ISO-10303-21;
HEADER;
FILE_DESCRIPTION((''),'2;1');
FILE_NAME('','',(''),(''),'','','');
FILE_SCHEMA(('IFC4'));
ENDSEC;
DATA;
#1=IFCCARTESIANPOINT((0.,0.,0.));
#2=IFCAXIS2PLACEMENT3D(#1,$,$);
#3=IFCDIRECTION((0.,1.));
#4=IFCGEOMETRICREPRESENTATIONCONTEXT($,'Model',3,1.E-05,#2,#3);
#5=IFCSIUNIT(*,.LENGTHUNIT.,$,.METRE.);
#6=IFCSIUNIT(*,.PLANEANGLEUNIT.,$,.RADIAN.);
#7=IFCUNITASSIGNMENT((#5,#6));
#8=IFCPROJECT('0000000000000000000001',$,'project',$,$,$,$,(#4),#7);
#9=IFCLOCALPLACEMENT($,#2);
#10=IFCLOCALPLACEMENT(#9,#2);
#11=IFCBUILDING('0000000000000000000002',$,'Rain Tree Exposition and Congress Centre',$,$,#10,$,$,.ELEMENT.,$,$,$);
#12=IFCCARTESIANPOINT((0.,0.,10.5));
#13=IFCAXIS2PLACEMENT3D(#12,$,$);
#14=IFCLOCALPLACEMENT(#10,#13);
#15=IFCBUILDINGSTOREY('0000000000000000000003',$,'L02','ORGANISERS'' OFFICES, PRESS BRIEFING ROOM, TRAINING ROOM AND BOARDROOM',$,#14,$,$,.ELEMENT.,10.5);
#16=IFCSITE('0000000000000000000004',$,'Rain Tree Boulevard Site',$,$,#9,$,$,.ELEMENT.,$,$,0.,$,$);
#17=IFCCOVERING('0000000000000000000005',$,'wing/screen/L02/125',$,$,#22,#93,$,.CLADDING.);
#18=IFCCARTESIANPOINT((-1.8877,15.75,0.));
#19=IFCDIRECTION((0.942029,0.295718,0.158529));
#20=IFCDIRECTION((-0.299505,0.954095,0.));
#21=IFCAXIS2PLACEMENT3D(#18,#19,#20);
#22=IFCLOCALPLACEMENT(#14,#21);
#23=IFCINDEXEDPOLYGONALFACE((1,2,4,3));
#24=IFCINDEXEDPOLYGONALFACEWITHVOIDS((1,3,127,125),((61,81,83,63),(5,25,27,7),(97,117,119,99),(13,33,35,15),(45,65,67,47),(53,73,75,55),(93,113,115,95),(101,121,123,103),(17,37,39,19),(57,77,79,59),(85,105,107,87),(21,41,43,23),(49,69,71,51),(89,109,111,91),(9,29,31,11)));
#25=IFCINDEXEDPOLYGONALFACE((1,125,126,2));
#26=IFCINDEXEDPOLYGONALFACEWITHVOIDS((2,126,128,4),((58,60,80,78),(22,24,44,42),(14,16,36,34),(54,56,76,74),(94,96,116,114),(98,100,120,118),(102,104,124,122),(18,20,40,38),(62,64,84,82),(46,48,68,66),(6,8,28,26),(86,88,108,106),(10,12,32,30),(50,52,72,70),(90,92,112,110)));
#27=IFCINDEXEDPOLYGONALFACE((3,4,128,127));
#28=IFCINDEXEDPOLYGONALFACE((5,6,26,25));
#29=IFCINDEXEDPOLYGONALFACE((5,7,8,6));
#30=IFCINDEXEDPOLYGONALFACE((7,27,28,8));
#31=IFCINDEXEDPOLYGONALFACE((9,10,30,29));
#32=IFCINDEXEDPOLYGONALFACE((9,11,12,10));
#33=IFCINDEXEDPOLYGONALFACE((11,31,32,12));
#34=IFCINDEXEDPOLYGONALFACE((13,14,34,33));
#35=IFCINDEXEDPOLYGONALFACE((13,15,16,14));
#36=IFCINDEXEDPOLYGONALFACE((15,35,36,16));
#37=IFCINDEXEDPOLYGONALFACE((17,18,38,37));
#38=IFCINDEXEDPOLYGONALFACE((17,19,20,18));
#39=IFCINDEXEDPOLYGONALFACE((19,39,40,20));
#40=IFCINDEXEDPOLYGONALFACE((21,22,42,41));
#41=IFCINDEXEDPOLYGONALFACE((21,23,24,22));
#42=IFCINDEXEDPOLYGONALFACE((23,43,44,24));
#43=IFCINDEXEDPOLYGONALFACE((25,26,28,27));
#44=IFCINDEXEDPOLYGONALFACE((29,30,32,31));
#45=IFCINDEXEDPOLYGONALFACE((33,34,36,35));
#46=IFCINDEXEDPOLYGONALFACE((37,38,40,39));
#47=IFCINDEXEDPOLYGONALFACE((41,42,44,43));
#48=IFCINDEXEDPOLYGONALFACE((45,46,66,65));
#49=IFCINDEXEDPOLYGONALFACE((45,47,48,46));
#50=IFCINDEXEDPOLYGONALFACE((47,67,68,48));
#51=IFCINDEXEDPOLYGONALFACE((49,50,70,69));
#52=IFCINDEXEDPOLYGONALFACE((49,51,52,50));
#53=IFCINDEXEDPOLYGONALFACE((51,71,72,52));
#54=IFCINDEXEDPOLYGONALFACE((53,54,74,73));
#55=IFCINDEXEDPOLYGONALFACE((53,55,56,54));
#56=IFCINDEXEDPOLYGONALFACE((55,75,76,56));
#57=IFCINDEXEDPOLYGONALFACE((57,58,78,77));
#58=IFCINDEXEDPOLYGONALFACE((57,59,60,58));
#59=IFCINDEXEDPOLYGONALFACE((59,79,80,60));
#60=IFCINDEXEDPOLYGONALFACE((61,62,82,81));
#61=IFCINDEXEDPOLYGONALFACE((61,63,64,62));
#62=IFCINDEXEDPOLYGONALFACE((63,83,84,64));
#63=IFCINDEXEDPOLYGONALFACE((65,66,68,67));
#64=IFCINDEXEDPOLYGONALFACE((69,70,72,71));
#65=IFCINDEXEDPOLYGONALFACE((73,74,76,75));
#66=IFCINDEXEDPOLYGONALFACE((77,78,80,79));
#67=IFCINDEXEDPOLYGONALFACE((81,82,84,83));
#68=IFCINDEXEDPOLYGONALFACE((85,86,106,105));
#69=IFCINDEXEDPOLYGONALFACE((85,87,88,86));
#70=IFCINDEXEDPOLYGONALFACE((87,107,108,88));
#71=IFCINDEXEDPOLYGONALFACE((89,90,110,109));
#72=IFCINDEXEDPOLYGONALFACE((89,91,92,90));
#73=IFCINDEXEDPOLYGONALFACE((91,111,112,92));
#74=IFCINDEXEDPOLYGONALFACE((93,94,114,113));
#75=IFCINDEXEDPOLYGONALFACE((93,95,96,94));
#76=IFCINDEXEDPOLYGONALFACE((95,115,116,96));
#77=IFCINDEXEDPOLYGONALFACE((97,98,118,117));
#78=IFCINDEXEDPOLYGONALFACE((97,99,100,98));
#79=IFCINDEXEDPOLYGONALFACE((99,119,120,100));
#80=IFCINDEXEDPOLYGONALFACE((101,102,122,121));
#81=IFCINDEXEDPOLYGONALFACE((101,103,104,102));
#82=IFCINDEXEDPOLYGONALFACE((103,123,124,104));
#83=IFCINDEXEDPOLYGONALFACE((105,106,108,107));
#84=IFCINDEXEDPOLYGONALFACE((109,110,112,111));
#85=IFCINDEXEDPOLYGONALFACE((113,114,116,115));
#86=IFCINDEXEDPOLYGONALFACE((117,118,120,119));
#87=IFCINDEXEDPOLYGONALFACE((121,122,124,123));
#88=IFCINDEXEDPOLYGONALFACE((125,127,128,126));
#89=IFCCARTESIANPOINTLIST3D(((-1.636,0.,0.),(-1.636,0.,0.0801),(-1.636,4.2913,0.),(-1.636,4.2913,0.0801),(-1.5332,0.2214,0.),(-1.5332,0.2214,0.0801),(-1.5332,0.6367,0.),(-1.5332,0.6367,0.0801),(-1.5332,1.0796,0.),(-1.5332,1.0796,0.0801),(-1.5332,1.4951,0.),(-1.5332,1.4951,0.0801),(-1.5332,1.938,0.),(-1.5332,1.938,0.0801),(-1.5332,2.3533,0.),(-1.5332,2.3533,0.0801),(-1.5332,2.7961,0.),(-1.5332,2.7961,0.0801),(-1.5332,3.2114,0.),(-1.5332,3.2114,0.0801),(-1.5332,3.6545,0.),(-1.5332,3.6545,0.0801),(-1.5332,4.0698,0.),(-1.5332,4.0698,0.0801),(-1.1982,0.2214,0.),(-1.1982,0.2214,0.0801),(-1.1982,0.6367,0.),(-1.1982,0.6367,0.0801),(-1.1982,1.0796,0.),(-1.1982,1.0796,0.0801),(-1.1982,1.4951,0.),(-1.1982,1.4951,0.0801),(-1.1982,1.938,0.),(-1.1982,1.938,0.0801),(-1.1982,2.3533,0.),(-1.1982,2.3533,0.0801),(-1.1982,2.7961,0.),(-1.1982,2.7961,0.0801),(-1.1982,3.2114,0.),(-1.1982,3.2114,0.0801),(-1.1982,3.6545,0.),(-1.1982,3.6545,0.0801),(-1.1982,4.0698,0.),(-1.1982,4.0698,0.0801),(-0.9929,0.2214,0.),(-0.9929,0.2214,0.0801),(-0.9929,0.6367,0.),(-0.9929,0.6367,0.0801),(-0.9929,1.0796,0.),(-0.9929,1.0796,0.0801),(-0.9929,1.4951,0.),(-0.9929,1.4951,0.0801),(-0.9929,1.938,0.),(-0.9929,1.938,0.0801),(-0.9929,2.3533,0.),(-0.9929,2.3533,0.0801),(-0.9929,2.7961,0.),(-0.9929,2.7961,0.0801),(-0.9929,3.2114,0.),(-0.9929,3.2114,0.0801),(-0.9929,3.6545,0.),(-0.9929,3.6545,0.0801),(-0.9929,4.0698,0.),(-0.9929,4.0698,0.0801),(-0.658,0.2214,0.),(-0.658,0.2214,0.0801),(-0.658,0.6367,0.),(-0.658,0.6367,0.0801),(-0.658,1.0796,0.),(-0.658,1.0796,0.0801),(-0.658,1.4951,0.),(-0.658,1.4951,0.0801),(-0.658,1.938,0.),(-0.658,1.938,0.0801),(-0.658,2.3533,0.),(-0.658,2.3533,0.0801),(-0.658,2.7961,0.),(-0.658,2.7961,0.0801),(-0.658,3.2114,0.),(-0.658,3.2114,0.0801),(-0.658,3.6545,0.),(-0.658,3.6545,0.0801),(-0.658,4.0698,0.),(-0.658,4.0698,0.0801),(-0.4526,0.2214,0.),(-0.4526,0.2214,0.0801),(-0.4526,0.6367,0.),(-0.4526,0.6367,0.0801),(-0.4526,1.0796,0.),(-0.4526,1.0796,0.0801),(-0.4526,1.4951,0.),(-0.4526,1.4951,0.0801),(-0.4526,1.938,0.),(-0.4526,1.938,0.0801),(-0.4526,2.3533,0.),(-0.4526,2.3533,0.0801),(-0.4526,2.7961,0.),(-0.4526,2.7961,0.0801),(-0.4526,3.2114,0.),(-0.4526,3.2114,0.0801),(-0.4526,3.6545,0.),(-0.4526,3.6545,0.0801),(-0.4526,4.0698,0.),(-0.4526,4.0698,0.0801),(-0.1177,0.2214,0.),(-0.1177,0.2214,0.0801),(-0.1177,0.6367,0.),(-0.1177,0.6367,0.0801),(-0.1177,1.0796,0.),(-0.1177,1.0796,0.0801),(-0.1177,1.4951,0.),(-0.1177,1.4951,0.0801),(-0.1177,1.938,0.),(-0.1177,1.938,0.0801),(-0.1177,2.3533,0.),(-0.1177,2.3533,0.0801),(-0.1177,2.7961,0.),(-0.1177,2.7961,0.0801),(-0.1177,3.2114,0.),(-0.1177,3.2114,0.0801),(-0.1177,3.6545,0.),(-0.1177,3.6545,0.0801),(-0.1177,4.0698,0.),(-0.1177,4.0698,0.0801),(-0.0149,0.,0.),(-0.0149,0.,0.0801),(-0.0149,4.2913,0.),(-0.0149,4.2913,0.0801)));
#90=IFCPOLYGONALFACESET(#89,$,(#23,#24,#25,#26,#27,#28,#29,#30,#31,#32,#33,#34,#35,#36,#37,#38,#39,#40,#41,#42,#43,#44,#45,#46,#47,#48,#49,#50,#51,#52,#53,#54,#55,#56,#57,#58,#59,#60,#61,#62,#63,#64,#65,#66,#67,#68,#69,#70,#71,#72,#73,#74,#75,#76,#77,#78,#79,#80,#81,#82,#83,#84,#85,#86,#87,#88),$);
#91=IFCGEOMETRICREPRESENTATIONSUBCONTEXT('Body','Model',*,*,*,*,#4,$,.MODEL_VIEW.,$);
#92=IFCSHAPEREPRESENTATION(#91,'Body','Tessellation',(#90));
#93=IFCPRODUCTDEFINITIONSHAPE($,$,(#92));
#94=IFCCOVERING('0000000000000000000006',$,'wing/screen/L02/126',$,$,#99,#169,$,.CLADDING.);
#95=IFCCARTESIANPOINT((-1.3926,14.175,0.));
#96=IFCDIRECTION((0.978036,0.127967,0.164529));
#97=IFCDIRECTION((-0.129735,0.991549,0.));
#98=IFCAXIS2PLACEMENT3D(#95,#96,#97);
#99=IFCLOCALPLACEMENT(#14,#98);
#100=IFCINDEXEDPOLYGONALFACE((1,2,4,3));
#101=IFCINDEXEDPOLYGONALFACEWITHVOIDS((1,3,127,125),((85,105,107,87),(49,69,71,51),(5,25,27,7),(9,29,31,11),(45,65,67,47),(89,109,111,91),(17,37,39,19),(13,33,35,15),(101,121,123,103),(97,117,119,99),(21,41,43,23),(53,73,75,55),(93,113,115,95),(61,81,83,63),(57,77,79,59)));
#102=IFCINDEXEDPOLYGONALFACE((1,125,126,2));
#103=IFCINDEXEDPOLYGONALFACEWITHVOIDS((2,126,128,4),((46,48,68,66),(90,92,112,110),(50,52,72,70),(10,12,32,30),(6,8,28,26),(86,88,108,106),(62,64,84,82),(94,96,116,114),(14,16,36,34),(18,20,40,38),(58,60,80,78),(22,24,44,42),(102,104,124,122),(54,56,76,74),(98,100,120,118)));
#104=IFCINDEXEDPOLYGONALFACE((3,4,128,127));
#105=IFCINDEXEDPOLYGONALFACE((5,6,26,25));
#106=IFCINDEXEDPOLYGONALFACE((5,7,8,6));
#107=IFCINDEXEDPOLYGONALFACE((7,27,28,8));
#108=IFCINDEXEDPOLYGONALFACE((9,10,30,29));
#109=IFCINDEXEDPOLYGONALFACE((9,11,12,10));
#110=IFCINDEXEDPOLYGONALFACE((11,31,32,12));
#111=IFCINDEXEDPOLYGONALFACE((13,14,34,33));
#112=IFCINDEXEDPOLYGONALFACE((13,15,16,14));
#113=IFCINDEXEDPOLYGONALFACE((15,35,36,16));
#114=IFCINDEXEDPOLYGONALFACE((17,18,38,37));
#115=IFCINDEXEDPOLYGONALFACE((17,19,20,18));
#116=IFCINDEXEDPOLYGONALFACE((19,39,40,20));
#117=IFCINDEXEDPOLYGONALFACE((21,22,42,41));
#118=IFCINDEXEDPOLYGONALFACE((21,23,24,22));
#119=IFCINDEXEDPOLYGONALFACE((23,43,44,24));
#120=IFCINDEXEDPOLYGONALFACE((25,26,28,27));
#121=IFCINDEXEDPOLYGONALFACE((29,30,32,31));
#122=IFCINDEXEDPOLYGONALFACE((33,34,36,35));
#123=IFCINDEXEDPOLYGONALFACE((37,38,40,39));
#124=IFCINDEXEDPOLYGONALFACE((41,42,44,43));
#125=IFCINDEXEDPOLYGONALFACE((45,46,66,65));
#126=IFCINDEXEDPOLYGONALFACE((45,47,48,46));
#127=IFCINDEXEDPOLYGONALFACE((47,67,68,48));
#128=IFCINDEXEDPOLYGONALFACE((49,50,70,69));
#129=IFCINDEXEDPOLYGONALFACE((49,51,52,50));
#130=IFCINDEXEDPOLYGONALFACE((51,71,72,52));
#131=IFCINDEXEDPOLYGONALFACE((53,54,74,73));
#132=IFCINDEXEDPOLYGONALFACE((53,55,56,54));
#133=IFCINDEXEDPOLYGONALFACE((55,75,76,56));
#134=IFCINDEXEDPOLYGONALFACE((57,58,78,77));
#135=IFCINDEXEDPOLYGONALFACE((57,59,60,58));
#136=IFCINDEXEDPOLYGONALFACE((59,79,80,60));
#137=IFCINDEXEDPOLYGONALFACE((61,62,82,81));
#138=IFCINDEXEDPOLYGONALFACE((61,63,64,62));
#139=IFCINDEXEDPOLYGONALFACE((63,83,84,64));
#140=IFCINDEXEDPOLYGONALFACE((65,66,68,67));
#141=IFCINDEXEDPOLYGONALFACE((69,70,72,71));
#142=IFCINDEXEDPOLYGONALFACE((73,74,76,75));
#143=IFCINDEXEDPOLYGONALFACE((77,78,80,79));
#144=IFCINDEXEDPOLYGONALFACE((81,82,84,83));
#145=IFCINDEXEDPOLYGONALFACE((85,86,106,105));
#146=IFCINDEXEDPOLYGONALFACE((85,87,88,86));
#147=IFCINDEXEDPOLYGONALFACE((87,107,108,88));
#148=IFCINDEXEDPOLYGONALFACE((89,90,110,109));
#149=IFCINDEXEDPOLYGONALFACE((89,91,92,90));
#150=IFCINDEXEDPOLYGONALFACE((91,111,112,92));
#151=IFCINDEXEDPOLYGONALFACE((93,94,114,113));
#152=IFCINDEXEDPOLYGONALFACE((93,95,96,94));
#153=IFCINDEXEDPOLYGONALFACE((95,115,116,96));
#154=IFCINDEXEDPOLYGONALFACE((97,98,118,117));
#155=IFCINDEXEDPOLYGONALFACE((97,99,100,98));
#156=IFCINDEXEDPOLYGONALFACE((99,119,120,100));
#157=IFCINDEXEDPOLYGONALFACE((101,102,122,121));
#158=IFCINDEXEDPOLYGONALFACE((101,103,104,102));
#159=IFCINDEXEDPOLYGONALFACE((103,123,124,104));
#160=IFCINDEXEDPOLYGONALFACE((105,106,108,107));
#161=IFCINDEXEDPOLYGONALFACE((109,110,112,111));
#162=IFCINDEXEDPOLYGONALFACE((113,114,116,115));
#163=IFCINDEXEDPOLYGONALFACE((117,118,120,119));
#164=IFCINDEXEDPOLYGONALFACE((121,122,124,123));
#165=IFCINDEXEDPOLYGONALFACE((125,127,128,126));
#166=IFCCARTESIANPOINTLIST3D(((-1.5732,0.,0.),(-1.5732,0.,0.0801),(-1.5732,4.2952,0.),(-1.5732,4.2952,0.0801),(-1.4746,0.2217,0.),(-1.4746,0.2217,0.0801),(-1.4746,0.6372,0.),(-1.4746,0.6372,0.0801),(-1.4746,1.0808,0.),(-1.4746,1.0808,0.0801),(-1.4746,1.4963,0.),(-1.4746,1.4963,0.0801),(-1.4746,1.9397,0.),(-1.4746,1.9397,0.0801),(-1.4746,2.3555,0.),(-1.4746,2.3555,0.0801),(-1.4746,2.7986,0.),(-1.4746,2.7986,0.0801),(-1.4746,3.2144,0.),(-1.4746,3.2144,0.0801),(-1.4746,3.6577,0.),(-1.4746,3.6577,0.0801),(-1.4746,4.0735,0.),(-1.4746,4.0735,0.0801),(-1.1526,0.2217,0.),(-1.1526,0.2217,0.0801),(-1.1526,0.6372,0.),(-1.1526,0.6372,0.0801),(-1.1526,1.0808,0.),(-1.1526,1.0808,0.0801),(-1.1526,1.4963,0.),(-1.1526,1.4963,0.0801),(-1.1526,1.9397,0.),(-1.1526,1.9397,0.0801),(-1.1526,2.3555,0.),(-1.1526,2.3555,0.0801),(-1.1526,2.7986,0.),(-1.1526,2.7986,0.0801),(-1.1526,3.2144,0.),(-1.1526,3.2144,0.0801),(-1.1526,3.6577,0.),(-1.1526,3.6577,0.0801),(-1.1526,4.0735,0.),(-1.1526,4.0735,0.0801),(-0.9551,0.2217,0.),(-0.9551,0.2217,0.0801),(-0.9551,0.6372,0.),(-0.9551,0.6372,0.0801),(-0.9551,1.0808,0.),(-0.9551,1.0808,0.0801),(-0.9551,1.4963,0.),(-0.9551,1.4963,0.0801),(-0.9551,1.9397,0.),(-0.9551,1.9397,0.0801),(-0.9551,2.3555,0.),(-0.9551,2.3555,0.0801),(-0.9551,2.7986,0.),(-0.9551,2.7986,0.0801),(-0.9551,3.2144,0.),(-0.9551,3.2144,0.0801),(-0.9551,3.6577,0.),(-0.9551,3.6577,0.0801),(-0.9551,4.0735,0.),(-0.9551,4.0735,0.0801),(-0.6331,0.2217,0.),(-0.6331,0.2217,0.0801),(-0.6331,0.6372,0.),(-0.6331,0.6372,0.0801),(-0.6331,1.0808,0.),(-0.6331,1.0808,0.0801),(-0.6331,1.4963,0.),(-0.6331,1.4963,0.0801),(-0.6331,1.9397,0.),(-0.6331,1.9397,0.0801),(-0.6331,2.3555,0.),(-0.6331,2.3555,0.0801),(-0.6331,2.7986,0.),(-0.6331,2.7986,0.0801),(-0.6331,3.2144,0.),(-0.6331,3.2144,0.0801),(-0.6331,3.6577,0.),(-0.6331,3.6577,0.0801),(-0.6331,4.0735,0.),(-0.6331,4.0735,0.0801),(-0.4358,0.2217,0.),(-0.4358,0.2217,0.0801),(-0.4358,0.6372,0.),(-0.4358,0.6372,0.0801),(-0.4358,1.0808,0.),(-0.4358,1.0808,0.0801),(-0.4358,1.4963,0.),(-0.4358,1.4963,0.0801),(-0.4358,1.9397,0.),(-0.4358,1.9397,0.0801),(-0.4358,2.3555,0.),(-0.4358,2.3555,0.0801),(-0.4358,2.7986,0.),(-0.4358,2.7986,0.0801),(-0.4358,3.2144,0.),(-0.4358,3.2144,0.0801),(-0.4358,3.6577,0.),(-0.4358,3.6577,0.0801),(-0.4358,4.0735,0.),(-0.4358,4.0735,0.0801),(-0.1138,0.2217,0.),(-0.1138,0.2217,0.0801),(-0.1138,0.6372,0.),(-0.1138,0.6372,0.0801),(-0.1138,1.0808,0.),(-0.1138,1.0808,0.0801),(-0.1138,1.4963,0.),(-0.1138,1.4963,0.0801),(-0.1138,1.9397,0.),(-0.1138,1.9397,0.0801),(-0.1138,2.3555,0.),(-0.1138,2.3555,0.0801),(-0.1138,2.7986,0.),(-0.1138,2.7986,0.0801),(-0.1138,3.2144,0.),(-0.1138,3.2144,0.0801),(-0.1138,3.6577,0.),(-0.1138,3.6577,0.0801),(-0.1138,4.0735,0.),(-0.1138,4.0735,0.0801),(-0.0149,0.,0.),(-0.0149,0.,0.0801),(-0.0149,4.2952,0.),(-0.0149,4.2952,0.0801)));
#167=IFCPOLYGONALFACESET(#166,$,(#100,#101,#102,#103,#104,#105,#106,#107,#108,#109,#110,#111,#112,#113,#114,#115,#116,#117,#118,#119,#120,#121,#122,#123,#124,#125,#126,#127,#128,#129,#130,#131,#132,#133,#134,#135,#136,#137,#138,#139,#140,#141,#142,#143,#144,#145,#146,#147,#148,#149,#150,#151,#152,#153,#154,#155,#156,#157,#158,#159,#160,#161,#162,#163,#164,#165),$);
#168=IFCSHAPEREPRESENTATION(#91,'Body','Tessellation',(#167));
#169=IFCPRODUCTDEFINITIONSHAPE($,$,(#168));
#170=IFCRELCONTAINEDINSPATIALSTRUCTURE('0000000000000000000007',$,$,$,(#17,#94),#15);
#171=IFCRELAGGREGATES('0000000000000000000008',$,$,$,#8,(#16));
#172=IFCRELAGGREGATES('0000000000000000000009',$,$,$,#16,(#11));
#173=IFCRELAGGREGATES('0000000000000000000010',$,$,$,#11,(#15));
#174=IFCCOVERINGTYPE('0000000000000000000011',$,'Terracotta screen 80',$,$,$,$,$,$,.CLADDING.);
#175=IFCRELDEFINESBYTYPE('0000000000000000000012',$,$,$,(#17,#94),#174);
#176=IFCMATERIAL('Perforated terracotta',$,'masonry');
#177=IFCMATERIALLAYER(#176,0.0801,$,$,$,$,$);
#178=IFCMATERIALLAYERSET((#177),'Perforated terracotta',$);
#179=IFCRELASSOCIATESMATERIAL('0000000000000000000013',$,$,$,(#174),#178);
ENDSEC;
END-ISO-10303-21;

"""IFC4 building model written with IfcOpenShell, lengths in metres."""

from ifc_helpers import new_model, si_unit, direction, frame, origin, place, context, subcontext, project, spatial, polyline, outline, extrude, material, layer, layer_set, type_object, element, save


model = new_model("IFC4")

# Units and contexts
model_context = context("Model", 3, precision=1e-05, world=origin(), true_north=direction((0.0, 1.0)))
body_context = subcontext(model_context, "Body", "Model", "MODEL_VIEW")
ifc_project = project(units=[si_unit("LENGTHUNIT", "METRE"), si_unit("PLANEANGLEUNIT", "RADIAN")], contexts=[model_context])

# Site, building, storey
site_placement = place(None, origin())
site = spatial("IfcSite", under=ifc_project, at=site_placement, Name="Rain Tree Boulevard Site", CompositionType="ELEMENT", RefElevation=0.0)
building_placement = place(site_placement, origin())
building = spatial("IfcBuilding", under=site, at=building_placement, Name="Rain Tree Exposition and Congress Centre", CompositionType="ELEMENT")
storey_placement = place(building_placement, frame((0.0, 0.0, 10.5)))
storey = spatial("IfcBuildingStorey", under=building, at=storey_placement, Name="L02", Description="ORGANISERS' OFFICES, PRESS BRIEFING ROOM, TRAINING ROOM AND BOARDROOM", CompositionType="ELEMENT", Elevation=10.5)

# Coverings
ifc_material_1 = material(Name="Perforated terracotta", Category="masonry")
ifc_layer_1 = layer(ifc_material_1, 0.0801)
ifc_layer_set_1 = layer_set([ifc_layer_1], Name="Perforated terracotta")
covering_type = type_object("IfcCoveringType", Name="Terracotta screen 80", PredefinedType="CLADDING", material=ifc_layer_set_1)
covering_1_placement = place(storey_placement, frame((-1.8877, 15.75, 0.0), z_axis=(0.942029, 0.295718, 0.158529), x_axis=(-0.299505, 0.954095, 0.0)))
element("IfcCovering", 1, at=covering_1_placement, inside=storey, type_object=covering_type, Name="wing/screen/L02/125", PredefinedType="CLADDING", context=body_context, shape_type="SweptSolid", body=[
    extrude(outline(polyline([(-1.636, 0.0), (-1.636, 4.2913), (-0.0149, 4.2913), (-0.0149, 0.0), (-1.636, 0.0)]), holes=[polyline([(-0.1177, 0.2214), (-0.1177, 0.6367), (-0.4526, 0.6367), (-0.4526, 0.2214), (-0.1177, 0.2214)]), polyline([(-0.1177, 1.0796), (-0.1177, 1.4951), (-0.4526, 1.4951), (-0.4526, 1.0796), (-0.1177, 1.0796)]), polyline([(-0.1177, 1.938), (-0.1177, 2.3533), (-0.4526, 2.3533), (-0.4526, 1.938), (-0.1177, 1.938)]), polyline([(-0.1177, 2.7961), (-0.1177, 3.2114), (-0.4526, 3.2114), (-0.4526, 2.7961), (-0.1177, 2.7961)]), polyline([(-0.1177, 3.6545), (-0.1177, 4.0698), (-0.4526, 4.0698), (-0.4526, 3.6545), (-0.1177, 3.6545)]), polyline([(-0.658, 0.2214), (-0.658, 0.6367), (-0.9929, 0.6367), (-0.9929, 0.2214), (-0.658, 0.2214)]), polyline([(-0.658, 1.0796), (-0.658, 1.4951), (-0.9929, 1.4951), (-0.9929, 1.0796), (-0.658, 1.0796)]), polyline([(-0.658, 1.938), (-0.658, 2.3533), (-0.9929, 2.3533), (-0.9929, 1.938), (-0.658, 1.938)]), polyline([(-0.658, 2.7961), (-0.658, 3.2114), (-0.9929, 3.2114), (-0.9929, 2.7961), (-0.658, 2.7961)]), polyline([(-0.658, 3.6545), (-0.658, 4.0698), (-0.9929, 4.0698), (-0.9929, 3.6545), (-0.658, 3.6545)]), polyline([(-1.1982, 0.2214), (-1.1982, 0.6367), (-1.5332, 0.6367), (-1.5332, 0.2214), (-1.1982, 0.2214)]), polyline([(-1.1982, 1.0796), (-1.1982, 1.4951), (-1.5332, 1.4951), (-1.5332, 1.0796), (-1.1982, 1.0796)]), polyline([(-1.1982, 1.938), (-1.1982, 2.3533), (-1.5332, 2.3533), (-1.5332, 1.938), (-1.1982, 1.938)]), polyline([(-1.1982, 2.7961), (-1.1982, 3.2114), (-1.5332, 3.2114), (-1.5332, 2.7961), (-1.1982, 2.7961)]), polyline([(-1.1982, 3.6545), (-1.1982, 4.0698), (-1.5332, 4.0698), (-1.5332, 3.6545), (-1.1982, 3.6545)])]), origin(), (0.0, 0.0, 1.0), 0.0801),
])
covering_2_placement = place(storey_placement, frame((-1.3926, 14.175, 0.0), z_axis=(0.978036, 0.127967, 0.164529), x_axis=(-0.129735, 0.991549, 0.0)))
element("IfcCovering", 2, at=covering_2_placement, inside=storey, type_object=covering_type, Name="wing/screen/L02/126", PredefinedType="CLADDING", context=body_context, shape_type="SweptSolid", body=[
    extrude(outline(polyline([(-1.5732, 0.0), (-1.5732, 4.2952), (-0.0149, 4.2952), (-0.0149, 0.0), (-1.5732, 0.0)]), holes=[polyline([(-0.1138, 0.2217), (-0.1138, 0.6372), (-0.4358, 0.6372), (-0.4358, 0.2217), (-0.1138, 0.2217)]), polyline([(-0.1138, 1.0808), (-0.1138, 1.4963), (-0.4358, 1.4963), (-0.4358, 1.0808), (-0.1138, 1.0808)]), polyline([(-0.1138, 1.9397), (-0.1138, 2.3555), (-0.4358, 2.3555), (-0.4358, 1.9397), (-0.1138, 1.9397)]), polyline([(-0.1138, 2.7986), (-0.1138, 3.2144), (-0.4358, 3.2144), (-0.4358, 2.7986), (-0.1138, 2.7986)]), polyline([(-0.1138, 3.6577), (-0.1138, 4.0735), (-0.4358, 4.0735), (-0.4358, 3.6577), (-0.1138, 3.6577)]), polyline([(-0.6331, 0.2217), (-0.6331, 0.6372), (-0.9551, 0.6372), (-0.9551, 0.2217), (-0.6331, 0.2217)]), polyline([(-0.6331, 1.0808), (-0.6331, 1.4963), (-0.9551, 1.4963), (-0.9551, 1.0808), (-0.6331, 1.0808)]), polyline([(-0.6331, 1.9397), (-0.6331, 2.3555), (-0.9551, 2.3555), (-0.9551, 1.9397), (-0.6331, 1.9397)]), polyline([(-0.6331, 2.7986), (-0.6331, 3.2144), (-0.9551, 3.2144), (-0.9551, 2.7986), (-0.6331, 2.7986)]), polyline([(-0.6331, 3.6577), (-0.6331, 4.0735), (-0.9551, 4.0735), (-0.9551, 3.6577), (-0.6331, 3.6577)]), polyline([(-1.1526, 0.2217), (-1.1526, 0.6372), (-1.4746, 0.6372), (-1.4746, 0.2217), (-1.1526, 0.2217)]), polyline([(-1.1526, 1.0808), (-1.1526, 1.4963), (-1.4746, 1.4963), (-1.4746, 1.0808), (-1.1526, 1.0808)]), polyline([(-1.1526, 1.9397), (-1.1526, 2.3555), (-1.4746, 2.3555), (-1.4746, 1.9397), (-1.1526, 1.9397)]), polyline([(-1.1526, 2.7986), (-1.1526, 3.2144), (-1.4746, 3.2144), (-1.4746, 2.7986), (-1.1526, 2.7986)]), polyline([(-1.1526, 3.6577), (-1.1526, 4.0735), (-1.4746, 4.0735), (-1.4746, 3.6577), (-1.1526, 3.6577)])]), origin(), (0.0, 0.0, 1.0), 0.0801),
])

save(model, "model.ifc")
